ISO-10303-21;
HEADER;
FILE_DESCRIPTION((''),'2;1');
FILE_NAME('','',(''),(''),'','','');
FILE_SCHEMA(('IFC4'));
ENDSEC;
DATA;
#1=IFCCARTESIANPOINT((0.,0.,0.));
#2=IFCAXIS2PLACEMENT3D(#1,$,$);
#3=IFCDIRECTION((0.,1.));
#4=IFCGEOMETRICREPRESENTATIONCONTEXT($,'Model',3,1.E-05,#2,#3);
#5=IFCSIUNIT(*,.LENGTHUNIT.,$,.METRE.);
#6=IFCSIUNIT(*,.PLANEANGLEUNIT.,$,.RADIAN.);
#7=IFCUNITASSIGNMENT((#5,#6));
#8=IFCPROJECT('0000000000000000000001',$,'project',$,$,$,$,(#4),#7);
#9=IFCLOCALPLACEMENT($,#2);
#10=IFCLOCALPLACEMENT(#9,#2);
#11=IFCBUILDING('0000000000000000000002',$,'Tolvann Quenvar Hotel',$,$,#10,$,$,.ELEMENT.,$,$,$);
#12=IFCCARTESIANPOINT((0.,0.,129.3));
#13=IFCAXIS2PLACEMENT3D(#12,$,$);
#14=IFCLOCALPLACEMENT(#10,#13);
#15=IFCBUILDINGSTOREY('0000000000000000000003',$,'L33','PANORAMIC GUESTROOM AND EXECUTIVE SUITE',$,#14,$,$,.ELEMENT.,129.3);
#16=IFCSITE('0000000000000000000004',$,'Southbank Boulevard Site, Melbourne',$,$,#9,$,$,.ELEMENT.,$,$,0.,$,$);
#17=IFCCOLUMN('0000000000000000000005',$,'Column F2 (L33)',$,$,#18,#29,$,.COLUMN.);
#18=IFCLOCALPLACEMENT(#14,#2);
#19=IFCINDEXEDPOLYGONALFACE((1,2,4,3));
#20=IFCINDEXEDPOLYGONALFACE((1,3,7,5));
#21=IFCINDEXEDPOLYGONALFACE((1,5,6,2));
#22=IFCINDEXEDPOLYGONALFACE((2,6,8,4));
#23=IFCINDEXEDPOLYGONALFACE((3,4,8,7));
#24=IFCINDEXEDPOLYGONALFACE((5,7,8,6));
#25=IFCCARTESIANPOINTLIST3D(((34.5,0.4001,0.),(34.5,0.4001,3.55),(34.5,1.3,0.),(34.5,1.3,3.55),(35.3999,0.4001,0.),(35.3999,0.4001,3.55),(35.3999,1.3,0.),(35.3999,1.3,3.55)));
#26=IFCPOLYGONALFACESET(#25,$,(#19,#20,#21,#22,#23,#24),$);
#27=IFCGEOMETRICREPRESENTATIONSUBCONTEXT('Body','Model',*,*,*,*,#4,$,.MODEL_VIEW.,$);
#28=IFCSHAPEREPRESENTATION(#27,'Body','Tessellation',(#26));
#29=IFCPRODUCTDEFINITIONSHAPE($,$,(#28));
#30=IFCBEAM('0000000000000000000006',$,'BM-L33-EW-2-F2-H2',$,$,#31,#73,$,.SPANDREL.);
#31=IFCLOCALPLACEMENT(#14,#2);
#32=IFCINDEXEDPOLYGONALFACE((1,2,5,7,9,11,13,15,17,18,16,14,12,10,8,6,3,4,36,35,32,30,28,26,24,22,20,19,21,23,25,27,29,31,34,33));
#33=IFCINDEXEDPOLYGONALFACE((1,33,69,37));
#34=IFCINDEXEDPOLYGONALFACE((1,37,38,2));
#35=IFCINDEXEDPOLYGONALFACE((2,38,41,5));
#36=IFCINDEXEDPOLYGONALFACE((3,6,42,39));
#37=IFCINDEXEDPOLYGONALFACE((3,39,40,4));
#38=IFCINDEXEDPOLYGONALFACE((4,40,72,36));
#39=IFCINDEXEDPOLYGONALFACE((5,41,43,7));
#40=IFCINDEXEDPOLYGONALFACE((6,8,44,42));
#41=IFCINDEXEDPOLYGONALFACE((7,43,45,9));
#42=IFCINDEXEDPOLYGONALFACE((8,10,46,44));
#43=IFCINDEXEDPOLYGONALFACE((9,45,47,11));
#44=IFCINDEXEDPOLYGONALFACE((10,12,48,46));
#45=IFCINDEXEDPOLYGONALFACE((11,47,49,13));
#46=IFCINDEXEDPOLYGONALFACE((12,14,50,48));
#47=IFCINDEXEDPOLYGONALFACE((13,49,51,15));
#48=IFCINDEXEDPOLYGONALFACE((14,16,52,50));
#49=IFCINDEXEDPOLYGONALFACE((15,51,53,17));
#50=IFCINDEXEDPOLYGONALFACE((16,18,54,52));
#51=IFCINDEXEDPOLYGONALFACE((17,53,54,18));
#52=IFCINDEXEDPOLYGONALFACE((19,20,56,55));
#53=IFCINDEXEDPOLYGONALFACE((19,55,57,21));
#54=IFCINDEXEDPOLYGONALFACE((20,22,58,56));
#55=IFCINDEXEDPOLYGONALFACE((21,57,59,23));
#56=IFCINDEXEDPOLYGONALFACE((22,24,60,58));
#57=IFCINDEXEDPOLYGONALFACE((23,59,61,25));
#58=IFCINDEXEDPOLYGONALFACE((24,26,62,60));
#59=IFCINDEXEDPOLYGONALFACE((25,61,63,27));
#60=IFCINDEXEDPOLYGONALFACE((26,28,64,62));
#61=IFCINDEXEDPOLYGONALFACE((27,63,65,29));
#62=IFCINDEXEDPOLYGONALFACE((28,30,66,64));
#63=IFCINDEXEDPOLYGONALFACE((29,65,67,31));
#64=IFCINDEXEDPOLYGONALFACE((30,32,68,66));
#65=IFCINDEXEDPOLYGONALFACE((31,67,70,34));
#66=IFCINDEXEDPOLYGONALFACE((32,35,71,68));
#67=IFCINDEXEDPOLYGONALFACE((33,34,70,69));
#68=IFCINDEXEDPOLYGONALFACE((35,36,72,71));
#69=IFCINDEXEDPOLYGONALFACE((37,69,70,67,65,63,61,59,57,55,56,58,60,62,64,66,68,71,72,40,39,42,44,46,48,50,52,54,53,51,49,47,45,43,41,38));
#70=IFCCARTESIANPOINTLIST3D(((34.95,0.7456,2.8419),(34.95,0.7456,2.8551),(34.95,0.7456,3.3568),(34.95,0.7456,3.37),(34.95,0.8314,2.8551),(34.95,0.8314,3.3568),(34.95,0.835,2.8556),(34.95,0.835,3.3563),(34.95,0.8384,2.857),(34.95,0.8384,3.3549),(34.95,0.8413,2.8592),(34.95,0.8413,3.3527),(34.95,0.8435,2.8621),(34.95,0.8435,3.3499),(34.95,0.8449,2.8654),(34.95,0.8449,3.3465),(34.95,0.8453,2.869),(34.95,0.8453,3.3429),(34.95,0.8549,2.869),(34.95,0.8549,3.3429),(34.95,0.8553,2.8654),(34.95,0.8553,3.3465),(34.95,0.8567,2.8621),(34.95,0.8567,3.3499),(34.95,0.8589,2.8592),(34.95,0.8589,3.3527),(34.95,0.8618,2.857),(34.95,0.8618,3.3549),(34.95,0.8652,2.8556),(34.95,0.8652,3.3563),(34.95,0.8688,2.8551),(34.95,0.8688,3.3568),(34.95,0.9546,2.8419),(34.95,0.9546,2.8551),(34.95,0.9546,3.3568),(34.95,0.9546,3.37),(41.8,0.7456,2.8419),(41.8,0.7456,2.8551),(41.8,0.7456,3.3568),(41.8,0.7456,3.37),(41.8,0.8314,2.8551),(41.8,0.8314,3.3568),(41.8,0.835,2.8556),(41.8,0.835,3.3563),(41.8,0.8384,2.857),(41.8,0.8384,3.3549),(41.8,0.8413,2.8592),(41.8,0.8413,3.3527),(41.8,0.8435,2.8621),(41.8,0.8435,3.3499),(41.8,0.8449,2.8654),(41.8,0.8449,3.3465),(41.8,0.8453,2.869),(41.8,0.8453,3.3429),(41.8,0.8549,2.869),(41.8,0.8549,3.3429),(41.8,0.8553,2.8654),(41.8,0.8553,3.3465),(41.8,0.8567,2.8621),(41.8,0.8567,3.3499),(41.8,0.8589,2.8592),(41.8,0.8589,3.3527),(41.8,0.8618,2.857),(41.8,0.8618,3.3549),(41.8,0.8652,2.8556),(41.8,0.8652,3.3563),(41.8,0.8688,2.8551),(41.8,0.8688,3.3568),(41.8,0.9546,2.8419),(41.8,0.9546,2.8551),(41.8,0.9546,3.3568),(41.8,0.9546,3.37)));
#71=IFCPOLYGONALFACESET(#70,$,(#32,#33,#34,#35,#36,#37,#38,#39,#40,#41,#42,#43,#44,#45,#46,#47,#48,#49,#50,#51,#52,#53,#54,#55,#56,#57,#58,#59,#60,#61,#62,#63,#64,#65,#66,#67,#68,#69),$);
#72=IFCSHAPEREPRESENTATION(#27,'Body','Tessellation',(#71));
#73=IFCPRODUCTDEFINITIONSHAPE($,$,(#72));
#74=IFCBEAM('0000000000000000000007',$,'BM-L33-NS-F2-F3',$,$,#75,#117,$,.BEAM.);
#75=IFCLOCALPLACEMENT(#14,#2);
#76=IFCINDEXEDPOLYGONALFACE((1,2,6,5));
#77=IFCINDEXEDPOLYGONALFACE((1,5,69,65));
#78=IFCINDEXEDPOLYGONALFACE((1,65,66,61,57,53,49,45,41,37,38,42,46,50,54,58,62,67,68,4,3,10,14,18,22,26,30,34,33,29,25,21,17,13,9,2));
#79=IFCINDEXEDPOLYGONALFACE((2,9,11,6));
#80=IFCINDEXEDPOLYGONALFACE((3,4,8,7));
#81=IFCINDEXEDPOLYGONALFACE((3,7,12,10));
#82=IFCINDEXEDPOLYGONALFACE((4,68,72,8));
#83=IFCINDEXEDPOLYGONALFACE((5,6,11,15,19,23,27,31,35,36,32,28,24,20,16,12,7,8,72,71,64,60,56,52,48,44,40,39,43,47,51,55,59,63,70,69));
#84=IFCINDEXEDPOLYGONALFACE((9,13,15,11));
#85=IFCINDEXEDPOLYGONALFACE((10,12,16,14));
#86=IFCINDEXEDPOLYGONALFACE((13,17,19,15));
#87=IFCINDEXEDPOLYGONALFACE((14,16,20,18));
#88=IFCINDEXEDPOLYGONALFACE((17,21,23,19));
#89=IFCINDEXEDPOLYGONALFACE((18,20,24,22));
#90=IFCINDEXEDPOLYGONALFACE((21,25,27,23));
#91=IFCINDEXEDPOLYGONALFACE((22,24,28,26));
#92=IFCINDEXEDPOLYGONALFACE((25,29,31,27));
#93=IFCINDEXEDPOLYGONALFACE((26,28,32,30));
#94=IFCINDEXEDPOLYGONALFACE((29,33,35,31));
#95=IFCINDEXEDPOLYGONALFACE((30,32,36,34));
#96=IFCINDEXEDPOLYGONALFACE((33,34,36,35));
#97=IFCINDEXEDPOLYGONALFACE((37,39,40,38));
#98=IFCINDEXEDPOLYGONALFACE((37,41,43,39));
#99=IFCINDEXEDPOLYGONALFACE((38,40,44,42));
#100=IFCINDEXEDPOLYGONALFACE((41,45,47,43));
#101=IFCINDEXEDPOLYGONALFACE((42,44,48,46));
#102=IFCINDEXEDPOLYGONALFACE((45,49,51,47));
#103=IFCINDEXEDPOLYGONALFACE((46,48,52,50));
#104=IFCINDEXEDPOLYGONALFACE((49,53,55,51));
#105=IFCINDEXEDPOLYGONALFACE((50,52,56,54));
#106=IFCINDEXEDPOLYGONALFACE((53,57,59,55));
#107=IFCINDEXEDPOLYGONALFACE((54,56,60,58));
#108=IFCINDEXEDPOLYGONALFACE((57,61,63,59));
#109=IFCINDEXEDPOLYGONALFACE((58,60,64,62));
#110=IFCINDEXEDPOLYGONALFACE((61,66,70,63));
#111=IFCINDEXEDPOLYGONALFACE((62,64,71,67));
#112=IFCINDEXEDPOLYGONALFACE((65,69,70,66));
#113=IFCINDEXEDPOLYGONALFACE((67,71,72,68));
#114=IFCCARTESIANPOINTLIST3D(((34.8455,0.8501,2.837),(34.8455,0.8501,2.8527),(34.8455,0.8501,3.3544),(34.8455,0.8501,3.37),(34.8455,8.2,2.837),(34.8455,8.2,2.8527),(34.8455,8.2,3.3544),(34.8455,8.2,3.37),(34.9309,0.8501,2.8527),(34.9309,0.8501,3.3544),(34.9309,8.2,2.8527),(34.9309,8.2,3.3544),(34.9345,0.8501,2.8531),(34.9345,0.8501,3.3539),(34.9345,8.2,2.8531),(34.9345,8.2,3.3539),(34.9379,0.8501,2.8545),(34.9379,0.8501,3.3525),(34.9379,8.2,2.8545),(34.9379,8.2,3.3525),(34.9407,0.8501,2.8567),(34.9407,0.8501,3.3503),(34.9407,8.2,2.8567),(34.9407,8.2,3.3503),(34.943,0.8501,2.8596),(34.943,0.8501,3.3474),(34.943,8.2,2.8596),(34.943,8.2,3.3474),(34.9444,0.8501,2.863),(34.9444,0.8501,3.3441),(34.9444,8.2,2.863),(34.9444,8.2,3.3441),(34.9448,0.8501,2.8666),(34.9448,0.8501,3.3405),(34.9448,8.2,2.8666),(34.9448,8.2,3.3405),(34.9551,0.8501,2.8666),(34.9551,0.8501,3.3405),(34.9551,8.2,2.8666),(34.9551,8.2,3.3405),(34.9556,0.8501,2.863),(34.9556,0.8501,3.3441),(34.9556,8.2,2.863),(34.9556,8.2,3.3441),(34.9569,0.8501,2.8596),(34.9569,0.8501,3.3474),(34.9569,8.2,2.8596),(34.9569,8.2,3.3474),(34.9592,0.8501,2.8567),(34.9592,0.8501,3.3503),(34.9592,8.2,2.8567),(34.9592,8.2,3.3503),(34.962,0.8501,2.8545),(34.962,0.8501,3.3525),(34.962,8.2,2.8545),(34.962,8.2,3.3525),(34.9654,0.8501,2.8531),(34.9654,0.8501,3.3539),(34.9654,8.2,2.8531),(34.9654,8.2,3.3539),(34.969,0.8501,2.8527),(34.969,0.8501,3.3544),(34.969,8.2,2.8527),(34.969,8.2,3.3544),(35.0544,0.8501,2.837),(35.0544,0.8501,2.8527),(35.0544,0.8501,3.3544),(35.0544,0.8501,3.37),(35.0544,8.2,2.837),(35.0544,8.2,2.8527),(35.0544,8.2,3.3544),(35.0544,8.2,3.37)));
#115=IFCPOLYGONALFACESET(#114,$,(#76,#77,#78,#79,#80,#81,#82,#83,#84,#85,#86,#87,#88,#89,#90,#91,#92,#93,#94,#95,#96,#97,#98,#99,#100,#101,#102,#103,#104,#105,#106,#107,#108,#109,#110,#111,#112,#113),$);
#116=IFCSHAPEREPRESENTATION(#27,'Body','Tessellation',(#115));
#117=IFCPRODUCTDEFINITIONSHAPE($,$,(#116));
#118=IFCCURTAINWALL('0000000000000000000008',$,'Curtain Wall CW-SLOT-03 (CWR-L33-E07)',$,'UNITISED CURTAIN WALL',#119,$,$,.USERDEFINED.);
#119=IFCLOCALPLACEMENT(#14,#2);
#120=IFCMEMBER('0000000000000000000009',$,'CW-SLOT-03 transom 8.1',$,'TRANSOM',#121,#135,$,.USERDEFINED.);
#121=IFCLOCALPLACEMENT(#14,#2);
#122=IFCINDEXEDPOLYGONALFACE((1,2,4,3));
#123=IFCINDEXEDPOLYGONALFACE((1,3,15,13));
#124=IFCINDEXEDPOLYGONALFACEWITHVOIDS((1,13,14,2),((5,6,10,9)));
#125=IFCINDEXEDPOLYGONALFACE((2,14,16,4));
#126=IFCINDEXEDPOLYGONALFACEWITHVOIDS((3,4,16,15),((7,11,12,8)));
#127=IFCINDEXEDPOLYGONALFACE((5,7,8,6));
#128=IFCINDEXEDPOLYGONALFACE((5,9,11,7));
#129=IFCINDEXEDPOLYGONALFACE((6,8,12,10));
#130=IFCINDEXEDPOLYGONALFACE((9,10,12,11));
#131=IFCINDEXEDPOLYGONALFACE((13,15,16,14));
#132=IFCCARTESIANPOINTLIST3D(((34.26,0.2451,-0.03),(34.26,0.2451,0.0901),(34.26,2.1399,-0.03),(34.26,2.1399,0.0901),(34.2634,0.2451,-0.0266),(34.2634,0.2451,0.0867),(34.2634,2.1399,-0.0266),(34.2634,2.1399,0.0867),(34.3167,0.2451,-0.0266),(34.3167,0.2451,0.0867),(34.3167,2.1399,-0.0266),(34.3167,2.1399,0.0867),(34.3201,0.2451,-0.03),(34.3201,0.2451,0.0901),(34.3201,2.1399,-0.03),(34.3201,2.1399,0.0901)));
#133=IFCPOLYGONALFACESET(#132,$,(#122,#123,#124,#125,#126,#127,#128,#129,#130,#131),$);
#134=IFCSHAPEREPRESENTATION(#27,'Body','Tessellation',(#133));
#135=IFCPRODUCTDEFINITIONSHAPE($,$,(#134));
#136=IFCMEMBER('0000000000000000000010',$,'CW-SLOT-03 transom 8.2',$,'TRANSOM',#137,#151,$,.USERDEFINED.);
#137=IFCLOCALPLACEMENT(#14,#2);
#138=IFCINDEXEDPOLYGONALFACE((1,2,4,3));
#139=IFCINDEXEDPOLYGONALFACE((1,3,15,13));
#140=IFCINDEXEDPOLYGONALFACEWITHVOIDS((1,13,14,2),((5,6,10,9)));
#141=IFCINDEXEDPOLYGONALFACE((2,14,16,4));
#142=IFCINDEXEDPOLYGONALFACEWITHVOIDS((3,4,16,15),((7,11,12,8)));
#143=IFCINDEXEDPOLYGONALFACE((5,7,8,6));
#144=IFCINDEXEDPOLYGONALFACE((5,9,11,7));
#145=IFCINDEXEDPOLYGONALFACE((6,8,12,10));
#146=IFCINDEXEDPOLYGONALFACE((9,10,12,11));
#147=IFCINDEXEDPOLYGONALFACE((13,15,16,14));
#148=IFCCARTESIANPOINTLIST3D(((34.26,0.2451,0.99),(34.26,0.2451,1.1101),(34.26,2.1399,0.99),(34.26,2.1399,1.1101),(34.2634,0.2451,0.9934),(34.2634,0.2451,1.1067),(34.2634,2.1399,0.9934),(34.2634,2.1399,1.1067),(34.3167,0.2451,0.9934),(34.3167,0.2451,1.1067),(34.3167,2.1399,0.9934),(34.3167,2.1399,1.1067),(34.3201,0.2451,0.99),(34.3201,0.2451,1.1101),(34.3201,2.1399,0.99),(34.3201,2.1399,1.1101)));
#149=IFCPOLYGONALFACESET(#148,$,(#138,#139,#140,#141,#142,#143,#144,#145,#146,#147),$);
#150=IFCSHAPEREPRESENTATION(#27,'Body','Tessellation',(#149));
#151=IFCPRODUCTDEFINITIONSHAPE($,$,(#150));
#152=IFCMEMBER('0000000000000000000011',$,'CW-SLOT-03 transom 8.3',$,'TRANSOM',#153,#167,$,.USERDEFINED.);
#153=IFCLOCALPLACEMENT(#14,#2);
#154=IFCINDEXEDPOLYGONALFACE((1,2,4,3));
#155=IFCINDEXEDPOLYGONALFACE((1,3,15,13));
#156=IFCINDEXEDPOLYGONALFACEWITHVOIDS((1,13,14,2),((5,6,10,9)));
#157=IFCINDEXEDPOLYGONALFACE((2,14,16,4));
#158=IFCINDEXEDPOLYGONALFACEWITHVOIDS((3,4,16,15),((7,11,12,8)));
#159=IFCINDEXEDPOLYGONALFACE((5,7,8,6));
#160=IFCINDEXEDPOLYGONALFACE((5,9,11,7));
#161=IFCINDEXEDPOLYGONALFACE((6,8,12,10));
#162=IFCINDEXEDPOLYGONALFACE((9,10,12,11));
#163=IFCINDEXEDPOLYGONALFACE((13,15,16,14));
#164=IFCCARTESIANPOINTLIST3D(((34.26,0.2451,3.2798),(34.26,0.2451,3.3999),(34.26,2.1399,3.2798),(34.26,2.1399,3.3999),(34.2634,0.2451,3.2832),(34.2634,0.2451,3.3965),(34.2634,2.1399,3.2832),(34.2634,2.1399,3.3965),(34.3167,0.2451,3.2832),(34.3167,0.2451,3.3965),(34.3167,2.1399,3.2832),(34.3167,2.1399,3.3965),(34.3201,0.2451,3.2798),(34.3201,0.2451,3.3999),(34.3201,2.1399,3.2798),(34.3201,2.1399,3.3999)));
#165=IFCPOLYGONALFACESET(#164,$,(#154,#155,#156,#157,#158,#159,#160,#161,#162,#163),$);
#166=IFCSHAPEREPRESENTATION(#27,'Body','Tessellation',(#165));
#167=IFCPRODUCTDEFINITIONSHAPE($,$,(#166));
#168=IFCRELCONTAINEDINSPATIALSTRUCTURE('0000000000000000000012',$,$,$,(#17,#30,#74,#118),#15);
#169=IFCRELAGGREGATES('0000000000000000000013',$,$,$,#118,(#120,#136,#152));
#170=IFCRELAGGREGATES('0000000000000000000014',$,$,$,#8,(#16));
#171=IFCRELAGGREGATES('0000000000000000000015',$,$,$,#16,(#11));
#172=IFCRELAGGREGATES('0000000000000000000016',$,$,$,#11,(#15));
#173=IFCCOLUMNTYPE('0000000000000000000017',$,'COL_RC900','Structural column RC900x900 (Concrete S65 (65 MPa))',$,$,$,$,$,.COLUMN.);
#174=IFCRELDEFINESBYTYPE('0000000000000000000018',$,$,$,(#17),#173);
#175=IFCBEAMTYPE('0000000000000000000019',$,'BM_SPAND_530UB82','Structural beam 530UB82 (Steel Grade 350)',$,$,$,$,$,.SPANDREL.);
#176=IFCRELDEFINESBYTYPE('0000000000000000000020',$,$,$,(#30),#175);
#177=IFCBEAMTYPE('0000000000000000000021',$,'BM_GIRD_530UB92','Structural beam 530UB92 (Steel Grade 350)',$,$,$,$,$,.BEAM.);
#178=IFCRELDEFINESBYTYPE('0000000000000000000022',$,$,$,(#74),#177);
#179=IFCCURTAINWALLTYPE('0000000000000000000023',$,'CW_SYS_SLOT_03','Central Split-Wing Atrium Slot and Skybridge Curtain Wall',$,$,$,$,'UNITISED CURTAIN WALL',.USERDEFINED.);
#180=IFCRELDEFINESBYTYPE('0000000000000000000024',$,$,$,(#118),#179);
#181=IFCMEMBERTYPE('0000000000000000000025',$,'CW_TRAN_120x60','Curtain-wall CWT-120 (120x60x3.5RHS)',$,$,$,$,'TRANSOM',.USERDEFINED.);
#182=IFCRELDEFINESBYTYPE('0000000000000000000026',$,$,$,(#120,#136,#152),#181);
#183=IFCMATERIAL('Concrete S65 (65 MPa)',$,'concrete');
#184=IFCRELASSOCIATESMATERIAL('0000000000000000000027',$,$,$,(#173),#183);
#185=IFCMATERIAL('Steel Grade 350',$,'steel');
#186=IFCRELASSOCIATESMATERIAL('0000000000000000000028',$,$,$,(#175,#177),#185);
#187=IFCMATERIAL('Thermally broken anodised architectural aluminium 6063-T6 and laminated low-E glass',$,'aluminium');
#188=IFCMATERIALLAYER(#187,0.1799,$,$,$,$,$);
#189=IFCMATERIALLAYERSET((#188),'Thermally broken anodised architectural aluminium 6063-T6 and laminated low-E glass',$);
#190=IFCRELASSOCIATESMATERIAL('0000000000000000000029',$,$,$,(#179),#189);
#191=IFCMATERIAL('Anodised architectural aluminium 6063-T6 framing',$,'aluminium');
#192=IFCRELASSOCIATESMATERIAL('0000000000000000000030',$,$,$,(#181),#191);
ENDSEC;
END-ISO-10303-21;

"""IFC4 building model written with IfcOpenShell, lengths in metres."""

from ifc_helpers import new_model, si_unit, direction, frame, origin, origin_2d, place, context, subcontext, project, spatial, rectangle, hollow_rectangle, i_section, extrude, source, transform, mapped, material, layer, layer_set, material_profile, profile_set, type_object, type_shapes, element, aggregate, save


model = new_model("IFC4")

# Units and contexts
model_context = context("Model", 3, precision=1e-05, world=origin(), true_north=direction((0.0, 1.0)))
body_context = subcontext(model_context, "Body", "Model", "MODEL_VIEW")
ifc_project = project(units=[si_unit("LENGTHUNIT", "METRE"), si_unit("PLANEANGLEUNIT", "RADIAN")], contexts=[model_context])

# Site, building, storey
site_placement = place(None, origin())
site = spatial("IfcSite", under=ifc_project, at=site_placement, Name="Southbank Boulevard Site, Melbourne", CompositionType="ELEMENT", RefElevation=0.0)
building_placement = place(site_placement, origin())
building = spatial("IfcBuilding", under=site, at=building_placement, Name="Tolvann Quenvar Hotel", CompositionType="ELEMENT")
storey_placement = place(building_placement, frame((0.0, 0.0, 129.3)))
storey = spatial("IfcBuildingStorey", under=building, at=storey_placement, Name="L33", Description="PANORAMIC GUESTROOM AND EXECUTIVE SUITE", CompositionType="ELEMENT", Elevation=129.3)

# Column
ifc_material_1 = material(Name="Concrete S65 (65 MPa)", Category="concrete")
ifc_material_profile_1 = material_profile(ifc_material_1, rectangle(XDim=0.8999, YDim=0.8999, at=origin_2d()), Name="RC900x900")
ifc_profile_set_1 = profile_set([ifc_material_profile_1], Name="Concrete S65 (65 MPa)")
column_type = type_object("IfcColumnType", Name="COL_RC900", Description="Structural column RC900x900 (Concrete S65 (65 MPa))", PredefinedType="COLUMN", material=ifc_profile_set_1)
shared_shape_1 = source(origin(), body_context, "Body", "SweptSolid", [
    extrude(rectangle(XDim=0.8999, YDim=0.8999, at=origin_2d()), origin(), (0.0, 0.0, 1.0), 3.55),
])
type_shapes(column_type, [shared_shape_1])
column_placement = place(storey_placement, frame((34.95, 0.8501, 0.0), z_axis=(0.0, 0.0, 1.0), x_axis=(1.0, 0.0, 0.0)))
element("IfcColumn", 1, at=column_placement, inside=storey, type_object=column_type, Name="Column F2 (L33)", PredefinedType="COLUMN", context=body_context, shape_type="MappedRepresentation", body=[
    mapped(shared_shape_1, transform((0.0, 0.0, 0.0), x_axis=(1.0, 0.0, 0.0), y_axis=(0.0, 1.0, 0.0), z_axis=(0.0, 0.0, 1.0), scale=1.0)),
])

# Beams
ifc_material_2 = material(Name="Steel Grade 350", Category="steel")
ifc_material_profile_2 = material_profile(ifc_material_2, i_section(OverallWidth=0.209, OverallDepth=0.5281, WebThickness=0.0095, FlangeThickness=0.0132, FilletRadius=0.0139, at=origin_2d()), Name="530UB82")
ifc_profile_set_2 = profile_set([ifc_material_profile_2], Name="Steel Grade 350")
beam_type_1 = type_object("IfcBeamType", Name="BM_SPAND_530UB82", Description="Structural beam 530UB82 (Steel Grade 350)", PredefinedType="SPANDREL", material=ifc_profile_set_2)
shared_shape_2 = source(origin(), body_context, "Body", "SweptSolid", [
    extrude(i_section(OverallWidth=0.209, OverallDepth=0.5281, WebThickness=0.0095, FlangeThickness=0.0132, FilletRadius=0.0139, at=origin_2d()), origin(), (0.0, 0.0, 1.0), 6.8501),
])
type_shapes(beam_type_1, [shared_shape_2])
beam_1_placement = place(storey_placement, frame((34.95, 0.8501, 3.106), z_axis=(1.0, 0.0, 0.0), x_axis=(0.0, 1.0, 0.0)))
element("IfcBeam", 2, at=beam_1_placement, inside=storey, type_object=beam_type_1, Name="BM-L33-EW-2-F2-H2", PredefinedType="SPANDREL", context=body_context, shape_type="MappedRepresentation", body=[
    mapped(shared_shape_2, transform((0.0, 0.0, 0.0), x_axis=(1.0, 0.0, 0.0), y_axis=(0.0, 1.0, 0.0), z_axis=(0.0, 0.0, 1.0), scale=1.0)),
])
ifc_material_profile_3 = material_profile(ifc_material_2, i_section(OverallWidth=0.209, OverallDepth=0.533, WebThickness=0.0103, FlangeThickness=0.0156, FilletRadius=0.0139, at=origin_2d()), Name="530UB92")
ifc_profile_set_3 = profile_set([ifc_material_profile_3], Name="Steel Grade 350")
beam_type_2 = type_object("IfcBeamType", Name="BM_GIRD_530UB92", Description="Structural beam 530UB92 (Steel Grade 350)", PredefinedType="BEAM", material=ifc_profile_set_3)
shared_shape_3 = source(origin(), body_context, "Body", "SweptSolid", [
    extrude(i_section(OverallWidth=0.209, OverallDepth=0.533, WebThickness=0.0103, FlangeThickness=0.0156, FilletRadius=0.0139, at=origin_2d()), origin(), (0.0, 0.0, 1.0), 7.3499),
])
type_shapes(beam_type_2, [shared_shape_3])
beam_2_placement = place(storey_placement, frame((34.95, 0.8501, 3.1035), z_axis=(0.0, 1.0, 0.0), x_axis=(-1.0, 0.0, 0.0)))
element("IfcBeam", 3, at=beam_2_placement, inside=storey, type_object=beam_type_2, Name="BM-L33-NS-F2-F3", PredefinedType="BEAM", context=body_context, shape_type="MappedRepresentation", body=[
    mapped(shared_shape_3, transform((0.0, 0.0, 0.0), x_axis=(1.0, 0.0, 0.0), y_axis=(0.0, 1.0, 0.0), z_axis=(0.0, 0.0, 1.0), scale=1.0)),
])

# Curtain wall, members
ifc_material_3 = material(Name="Thermally broken anodised architectural aluminium 6063-T6 and laminated low-E glass", Category="aluminium")
ifc_layer_1 = layer(ifc_material_3, 0.1799)
ifc_layer_set_1 = layer_set([ifc_layer_1], Name="Thermally broken anodised architectural aluminium 6063-T6 and laminated low-E glass")
curtain_wall_type = type_object("IfcCurtainWallType", Name="CW_SYS_SLOT_03", Description="Central Split-Wing Atrium Slot and Skybridge Curtain Wall", ElementType="UNITISED CURTAIN WALL", PredefinedType="USERDEFINED", material=ifc_layer_set_1)
curtain_wall_placement = place(storey_placement, origin())
curtain_wall = element("IfcCurtainWall", 4, at=curtain_wall_placement, inside=storey, type_object=curtain_wall_type, Name="Curtain Wall CW-SLOT-03 (CWR-L33-E07)", ObjectType="UNITISED CURTAIN WALL", PredefinedType="USERDEFINED")
ifc_material_4 = material(Name="Anodised architectural aluminium 6063-T6 framing", Category="aluminium")
ifc_material_profile_4 = material_profile(ifc_material_4, hollow_rectangle(XDim=0.0601, YDim=0.1201, WallThickness=0.0034, at=origin_2d()), Name="120x60x3.5RHS")
ifc_profile_set_4 = profile_set([ifc_material_profile_4], Name="Anodised architectural aluminium 6063-T6 framing")
member_type_1 = type_object("IfcMemberType", Name="CW_TRAN_120x60", Description="Curtain-wall CWT-120 (120x60x3.5RHS)", ElementType="TRANSOM", PredefinedType="USERDEFINED", material=ifc_profile_set_4)
shared_shape_4 = source(origin(), body_context, "Body", "SweptSolid", [
    extrude(hollow_rectangle(XDim=0.0601, YDim=0.1201, WallThickness=0.0034, at=origin_2d()), origin(), (0.0, 0.0, 1.0), 1.8948),
])
member_1_placement = place(storey_placement, frame((34.29, 2.1399, 0.03), z_axis=(0.0, -1.0, 0.0), x_axis=(1.0, 0.0, 0.0)))
member_1 = element("IfcMember", 5, at=member_1_placement, type_object=member_type_1, Name="CW-SLOT-03 transom 8.1", ObjectType="TRANSOM", PredefinedType="USERDEFINED", context=body_context, shape_type="MappedRepresentation", body=[
    mapped(shared_shape_4, transform((0.0, 0.0, 0.0), x_axis=(1.0, 0.0, 0.0), y_axis=(0.0, 1.0, 0.0), z_axis=(0.0, 0.0, 1.0), scale=1.0)),
])
member_2_placement = place(storey_placement, frame((34.29, 2.1399, 1.05), z_axis=(0.0, -1.0, 0.0), x_axis=(1.0, 0.0, 0.0)))
member_2 = element("IfcMember", 6, at=member_2_placement, type_object=member_type_1, Name="CW-SLOT-03 transom 8.2", ObjectType="TRANSOM", PredefinedType="USERDEFINED", context=body_context, shape_type="MappedRepresentation", body=[
    mapped(shared_shape_4, transform((0.0, 0.0, 0.0), x_axis=(1.0, 0.0, 0.0), y_axis=(0.0, 1.0, 0.0), z_axis=(0.0, 0.0, 1.0), scale=1.0)),
])
member_3_placement = place(storey_placement, frame((34.29, 2.1399, 3.3398), z_axis=(0.0, -1.0, 0.0), x_axis=(1.0, 0.0, 0.0)))
member_3 = element("IfcMember", 7, at=member_3_placement, type_object=member_type_1, Name="CW-SLOT-03 transom 8.3", ObjectType="TRANSOM", PredefinedType="USERDEFINED", context=body_context, shape_type="MappedRepresentation", body=[
    mapped(shared_shape_4, transform((0.0, 0.0, 0.0), x_axis=(1.0, 0.0, 0.0), y_axis=(0.0, 1.0, 0.0), z_axis=(0.0, 0.0, 1.0), scale=1.0)),
])
aggregate(curtain_wall, [member_1, member_2, member_3])

save(model, "model.ifc")
